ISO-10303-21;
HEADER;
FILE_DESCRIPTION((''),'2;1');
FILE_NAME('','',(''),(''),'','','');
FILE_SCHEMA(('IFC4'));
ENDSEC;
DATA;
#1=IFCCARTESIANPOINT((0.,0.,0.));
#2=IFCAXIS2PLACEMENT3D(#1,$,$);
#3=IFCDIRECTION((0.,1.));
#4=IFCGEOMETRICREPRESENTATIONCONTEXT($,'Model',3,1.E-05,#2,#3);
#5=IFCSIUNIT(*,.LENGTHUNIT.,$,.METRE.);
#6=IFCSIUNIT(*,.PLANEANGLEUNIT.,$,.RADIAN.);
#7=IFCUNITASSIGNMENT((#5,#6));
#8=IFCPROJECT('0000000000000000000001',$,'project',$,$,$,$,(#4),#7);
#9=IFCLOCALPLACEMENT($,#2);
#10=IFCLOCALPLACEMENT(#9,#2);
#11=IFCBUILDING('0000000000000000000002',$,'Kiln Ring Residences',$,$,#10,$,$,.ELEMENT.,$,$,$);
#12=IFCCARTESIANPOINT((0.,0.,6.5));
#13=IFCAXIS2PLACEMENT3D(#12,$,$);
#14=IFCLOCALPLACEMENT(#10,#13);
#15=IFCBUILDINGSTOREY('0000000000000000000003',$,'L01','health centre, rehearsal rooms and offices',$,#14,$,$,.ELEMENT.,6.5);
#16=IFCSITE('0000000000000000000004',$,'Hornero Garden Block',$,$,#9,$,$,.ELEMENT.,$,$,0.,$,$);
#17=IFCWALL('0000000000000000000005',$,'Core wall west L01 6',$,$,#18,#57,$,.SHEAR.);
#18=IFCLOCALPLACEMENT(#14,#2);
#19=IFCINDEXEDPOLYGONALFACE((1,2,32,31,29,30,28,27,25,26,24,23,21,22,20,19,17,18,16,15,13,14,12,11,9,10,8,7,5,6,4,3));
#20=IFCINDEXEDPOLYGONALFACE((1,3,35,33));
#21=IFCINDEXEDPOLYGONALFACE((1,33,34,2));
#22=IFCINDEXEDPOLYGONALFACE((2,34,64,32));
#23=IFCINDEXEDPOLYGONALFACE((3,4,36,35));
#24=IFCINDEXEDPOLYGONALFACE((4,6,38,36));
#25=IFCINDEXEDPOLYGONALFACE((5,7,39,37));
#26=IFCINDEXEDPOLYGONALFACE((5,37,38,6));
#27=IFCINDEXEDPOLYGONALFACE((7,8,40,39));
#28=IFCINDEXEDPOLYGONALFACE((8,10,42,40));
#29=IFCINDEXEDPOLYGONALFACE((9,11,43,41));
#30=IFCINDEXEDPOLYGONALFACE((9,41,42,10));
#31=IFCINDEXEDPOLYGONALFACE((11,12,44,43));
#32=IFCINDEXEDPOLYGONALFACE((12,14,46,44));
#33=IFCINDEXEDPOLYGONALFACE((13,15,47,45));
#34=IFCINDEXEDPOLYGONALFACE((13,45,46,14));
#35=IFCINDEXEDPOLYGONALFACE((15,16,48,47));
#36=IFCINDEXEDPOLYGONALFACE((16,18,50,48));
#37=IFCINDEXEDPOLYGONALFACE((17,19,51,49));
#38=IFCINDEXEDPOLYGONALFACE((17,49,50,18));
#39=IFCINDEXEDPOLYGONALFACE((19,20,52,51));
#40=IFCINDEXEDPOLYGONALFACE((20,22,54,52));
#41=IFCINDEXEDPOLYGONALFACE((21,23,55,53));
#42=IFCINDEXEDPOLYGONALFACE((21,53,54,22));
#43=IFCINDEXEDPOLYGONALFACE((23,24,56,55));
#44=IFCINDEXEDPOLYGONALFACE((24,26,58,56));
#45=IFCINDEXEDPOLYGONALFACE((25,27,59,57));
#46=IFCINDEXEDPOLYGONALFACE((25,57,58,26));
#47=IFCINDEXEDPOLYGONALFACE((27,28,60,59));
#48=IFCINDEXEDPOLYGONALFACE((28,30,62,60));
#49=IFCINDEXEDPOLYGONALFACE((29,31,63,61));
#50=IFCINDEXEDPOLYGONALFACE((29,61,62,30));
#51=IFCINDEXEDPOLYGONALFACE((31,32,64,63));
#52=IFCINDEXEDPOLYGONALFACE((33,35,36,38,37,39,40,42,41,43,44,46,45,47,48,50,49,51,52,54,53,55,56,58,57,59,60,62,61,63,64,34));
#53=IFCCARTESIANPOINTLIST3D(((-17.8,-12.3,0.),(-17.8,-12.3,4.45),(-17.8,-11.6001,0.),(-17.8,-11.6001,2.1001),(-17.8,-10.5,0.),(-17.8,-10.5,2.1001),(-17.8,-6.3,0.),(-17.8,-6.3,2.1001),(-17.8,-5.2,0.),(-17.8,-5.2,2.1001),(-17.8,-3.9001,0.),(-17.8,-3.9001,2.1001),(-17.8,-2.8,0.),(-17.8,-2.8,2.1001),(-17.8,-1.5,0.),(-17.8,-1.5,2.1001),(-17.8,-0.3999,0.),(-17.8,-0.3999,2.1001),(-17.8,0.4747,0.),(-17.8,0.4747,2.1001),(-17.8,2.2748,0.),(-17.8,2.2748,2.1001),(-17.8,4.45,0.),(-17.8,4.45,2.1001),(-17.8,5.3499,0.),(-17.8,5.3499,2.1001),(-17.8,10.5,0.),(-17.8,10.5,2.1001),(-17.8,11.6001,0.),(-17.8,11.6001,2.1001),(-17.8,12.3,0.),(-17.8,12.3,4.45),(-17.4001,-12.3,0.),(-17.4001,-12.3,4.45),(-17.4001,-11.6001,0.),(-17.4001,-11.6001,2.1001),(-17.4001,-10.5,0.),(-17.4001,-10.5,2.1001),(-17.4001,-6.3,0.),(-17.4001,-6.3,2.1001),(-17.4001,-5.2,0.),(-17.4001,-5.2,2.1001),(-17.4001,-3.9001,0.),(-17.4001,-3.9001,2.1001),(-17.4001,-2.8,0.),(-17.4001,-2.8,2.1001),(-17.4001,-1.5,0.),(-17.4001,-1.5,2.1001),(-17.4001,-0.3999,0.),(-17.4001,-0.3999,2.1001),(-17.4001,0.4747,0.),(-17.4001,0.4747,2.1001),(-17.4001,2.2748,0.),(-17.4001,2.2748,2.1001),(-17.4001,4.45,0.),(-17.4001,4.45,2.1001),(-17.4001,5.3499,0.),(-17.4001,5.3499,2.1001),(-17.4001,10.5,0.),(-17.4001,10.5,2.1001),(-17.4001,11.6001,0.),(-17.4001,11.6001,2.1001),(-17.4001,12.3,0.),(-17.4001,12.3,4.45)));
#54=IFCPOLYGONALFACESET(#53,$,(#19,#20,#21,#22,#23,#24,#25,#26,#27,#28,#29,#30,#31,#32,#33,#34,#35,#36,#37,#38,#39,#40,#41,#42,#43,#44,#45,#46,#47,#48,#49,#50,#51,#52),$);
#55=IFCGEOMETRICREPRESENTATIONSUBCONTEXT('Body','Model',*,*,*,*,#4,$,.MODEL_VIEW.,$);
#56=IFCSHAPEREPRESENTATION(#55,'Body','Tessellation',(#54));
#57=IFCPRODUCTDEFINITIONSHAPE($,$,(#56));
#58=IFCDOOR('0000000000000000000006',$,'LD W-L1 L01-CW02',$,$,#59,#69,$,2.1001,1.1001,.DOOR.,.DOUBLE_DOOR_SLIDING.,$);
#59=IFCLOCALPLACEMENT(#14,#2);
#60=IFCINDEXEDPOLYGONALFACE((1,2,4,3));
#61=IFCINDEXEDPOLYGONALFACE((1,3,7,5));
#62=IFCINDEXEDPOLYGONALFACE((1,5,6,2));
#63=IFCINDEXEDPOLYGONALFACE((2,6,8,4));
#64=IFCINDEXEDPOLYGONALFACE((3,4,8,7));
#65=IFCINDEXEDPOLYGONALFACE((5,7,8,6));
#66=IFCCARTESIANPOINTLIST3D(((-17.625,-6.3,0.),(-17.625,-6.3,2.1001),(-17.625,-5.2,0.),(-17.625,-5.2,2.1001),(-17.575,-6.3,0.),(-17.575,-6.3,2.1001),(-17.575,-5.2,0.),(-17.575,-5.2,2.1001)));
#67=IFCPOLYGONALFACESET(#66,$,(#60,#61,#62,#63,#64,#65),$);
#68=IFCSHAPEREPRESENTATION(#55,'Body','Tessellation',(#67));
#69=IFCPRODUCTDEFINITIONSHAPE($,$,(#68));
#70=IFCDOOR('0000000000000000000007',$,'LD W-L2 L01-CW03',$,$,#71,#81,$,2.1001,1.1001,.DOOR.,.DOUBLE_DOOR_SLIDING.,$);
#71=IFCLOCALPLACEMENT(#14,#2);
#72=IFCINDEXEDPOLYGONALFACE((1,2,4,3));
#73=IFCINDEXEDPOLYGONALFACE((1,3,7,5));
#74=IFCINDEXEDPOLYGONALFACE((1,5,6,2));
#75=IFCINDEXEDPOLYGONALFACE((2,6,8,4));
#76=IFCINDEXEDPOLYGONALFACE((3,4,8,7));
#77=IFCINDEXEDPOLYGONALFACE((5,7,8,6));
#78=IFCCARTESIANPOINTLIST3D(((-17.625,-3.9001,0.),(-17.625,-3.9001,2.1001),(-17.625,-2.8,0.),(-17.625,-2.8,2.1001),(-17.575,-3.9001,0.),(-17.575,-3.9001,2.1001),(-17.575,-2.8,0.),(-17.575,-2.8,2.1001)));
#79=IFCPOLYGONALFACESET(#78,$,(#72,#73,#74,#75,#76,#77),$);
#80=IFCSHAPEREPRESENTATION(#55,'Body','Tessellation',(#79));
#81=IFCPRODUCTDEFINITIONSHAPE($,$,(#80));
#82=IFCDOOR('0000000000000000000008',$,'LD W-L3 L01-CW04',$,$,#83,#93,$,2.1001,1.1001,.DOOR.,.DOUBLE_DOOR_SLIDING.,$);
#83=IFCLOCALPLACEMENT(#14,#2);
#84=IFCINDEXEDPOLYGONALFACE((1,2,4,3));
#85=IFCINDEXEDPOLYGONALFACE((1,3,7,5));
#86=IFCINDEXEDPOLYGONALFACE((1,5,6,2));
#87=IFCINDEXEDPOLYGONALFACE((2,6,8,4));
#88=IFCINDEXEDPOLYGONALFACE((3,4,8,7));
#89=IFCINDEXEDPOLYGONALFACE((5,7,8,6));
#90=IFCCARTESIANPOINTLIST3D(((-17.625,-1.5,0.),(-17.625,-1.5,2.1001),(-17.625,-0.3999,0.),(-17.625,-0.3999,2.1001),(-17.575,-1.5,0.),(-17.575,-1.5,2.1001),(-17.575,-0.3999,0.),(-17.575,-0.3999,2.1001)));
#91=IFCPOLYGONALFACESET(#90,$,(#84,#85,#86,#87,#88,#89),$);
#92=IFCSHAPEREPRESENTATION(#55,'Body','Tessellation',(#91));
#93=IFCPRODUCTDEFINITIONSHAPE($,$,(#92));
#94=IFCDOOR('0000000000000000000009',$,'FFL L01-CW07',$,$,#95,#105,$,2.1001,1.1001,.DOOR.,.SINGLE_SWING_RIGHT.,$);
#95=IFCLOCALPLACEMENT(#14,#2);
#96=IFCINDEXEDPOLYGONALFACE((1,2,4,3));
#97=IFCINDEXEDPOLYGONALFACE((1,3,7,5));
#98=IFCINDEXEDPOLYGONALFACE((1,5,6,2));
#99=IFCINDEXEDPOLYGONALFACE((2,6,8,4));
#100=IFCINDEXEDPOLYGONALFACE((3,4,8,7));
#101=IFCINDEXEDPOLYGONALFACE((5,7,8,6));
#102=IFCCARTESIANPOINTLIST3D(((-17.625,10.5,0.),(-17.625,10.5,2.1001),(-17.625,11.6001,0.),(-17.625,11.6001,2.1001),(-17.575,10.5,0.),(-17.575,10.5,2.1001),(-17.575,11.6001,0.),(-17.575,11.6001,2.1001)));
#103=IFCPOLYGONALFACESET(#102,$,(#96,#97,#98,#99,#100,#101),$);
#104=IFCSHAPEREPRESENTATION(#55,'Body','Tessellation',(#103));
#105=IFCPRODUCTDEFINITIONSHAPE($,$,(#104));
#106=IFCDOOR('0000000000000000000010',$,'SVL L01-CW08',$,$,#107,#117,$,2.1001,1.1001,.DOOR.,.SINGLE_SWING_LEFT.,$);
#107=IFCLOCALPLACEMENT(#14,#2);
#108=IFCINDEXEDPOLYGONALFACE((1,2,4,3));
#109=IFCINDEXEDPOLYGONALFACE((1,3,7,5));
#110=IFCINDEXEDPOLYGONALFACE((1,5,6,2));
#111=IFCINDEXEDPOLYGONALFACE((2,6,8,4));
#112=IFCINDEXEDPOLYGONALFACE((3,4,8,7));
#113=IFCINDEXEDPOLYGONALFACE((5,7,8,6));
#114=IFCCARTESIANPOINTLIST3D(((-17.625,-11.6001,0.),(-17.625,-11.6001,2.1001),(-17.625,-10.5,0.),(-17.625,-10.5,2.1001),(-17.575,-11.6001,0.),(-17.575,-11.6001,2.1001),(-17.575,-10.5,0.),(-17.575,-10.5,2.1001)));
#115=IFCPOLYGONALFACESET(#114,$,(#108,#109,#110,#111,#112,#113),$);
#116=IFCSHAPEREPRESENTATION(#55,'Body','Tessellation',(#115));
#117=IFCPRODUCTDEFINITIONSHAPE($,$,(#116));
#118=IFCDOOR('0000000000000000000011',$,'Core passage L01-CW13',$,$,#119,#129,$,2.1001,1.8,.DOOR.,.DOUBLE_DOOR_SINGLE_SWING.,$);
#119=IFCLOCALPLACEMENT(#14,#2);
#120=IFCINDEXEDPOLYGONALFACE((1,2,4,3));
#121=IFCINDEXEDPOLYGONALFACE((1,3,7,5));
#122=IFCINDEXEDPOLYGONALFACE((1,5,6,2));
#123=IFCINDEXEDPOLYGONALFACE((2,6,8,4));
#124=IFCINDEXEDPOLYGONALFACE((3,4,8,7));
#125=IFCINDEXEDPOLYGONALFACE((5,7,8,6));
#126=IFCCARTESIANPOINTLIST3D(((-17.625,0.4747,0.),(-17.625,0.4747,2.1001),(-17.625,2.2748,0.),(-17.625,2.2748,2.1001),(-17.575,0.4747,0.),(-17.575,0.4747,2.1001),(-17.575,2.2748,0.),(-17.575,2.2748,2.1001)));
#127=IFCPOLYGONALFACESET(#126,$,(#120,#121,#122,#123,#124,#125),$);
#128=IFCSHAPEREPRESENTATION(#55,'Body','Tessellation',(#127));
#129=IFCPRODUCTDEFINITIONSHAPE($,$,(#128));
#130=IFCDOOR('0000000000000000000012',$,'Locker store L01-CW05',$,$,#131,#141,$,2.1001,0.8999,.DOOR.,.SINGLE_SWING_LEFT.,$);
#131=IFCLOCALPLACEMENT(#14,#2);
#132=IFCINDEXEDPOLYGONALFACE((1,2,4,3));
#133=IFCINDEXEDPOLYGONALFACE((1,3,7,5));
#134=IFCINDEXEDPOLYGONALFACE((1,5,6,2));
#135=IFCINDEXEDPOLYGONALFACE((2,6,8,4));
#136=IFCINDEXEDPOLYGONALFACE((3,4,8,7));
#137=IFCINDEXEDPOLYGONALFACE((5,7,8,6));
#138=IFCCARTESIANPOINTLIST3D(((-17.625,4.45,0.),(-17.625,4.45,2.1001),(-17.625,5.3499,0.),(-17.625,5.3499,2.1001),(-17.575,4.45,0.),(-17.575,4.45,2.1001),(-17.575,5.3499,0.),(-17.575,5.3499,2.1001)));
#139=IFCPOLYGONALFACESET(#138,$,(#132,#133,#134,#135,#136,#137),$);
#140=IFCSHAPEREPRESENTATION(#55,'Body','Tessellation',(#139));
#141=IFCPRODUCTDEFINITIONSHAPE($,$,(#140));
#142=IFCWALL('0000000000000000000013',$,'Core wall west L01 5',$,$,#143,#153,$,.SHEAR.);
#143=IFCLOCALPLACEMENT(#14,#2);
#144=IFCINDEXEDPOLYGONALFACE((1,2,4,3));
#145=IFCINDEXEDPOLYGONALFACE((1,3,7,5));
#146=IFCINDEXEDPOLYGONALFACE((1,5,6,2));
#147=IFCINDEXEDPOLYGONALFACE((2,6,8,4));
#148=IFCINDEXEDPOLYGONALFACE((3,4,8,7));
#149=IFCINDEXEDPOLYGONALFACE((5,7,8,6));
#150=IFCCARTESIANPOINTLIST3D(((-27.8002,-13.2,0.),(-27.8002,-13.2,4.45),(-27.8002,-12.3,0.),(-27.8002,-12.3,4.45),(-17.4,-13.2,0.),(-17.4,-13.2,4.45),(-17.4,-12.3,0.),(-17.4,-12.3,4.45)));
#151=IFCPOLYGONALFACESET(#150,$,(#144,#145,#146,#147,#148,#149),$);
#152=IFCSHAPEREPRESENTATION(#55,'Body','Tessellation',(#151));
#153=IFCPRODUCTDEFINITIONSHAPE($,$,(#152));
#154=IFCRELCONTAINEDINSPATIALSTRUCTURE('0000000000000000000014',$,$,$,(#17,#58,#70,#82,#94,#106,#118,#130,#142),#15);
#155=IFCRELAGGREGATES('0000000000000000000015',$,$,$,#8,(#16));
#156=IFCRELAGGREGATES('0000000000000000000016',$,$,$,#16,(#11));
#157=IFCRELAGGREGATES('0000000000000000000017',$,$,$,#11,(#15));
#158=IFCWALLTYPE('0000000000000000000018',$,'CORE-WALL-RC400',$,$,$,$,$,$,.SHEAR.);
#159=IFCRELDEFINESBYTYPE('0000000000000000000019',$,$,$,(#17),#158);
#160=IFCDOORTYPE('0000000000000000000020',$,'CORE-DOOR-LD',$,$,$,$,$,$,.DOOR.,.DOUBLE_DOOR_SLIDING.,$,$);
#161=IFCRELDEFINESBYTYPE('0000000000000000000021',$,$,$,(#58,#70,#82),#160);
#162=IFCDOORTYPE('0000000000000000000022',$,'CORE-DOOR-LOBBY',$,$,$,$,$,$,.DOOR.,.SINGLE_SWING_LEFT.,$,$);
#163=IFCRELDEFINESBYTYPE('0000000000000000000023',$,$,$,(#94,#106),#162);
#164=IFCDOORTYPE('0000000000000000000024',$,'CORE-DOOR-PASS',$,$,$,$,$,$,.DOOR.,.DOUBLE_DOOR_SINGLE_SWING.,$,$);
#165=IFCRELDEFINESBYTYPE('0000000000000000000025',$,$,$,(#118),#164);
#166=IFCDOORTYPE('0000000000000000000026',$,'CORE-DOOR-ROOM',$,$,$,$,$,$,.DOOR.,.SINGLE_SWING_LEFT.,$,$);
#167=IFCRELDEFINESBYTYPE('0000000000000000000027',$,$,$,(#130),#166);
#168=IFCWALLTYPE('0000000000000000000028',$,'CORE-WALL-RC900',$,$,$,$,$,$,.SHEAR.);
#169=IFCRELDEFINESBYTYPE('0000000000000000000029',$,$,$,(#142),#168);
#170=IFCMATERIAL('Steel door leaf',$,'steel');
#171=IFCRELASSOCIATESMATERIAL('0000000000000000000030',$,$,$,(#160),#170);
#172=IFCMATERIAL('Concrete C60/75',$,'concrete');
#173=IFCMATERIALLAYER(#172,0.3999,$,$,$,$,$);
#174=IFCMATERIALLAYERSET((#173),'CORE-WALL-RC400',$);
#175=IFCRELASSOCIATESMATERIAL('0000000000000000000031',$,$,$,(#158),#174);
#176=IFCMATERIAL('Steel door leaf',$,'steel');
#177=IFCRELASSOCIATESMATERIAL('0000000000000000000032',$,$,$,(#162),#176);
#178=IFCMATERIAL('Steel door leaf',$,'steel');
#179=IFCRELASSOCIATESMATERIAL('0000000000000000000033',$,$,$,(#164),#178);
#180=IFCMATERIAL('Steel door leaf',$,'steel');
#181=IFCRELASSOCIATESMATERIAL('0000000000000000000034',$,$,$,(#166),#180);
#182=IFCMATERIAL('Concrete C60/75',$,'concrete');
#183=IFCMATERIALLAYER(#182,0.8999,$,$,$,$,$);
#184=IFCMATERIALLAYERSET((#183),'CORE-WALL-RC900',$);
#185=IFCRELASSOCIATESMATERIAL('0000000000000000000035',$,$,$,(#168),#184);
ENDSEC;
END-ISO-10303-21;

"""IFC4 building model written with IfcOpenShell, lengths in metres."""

from ifc_helpers import new_model, si_unit, direction, frame, frame_2d, origin, place, context, subcontext, project, spatial, rectangle, extrude, material, layer, layer_set, type_object, element, fill, save


model = new_model("IFC4")

# Units and contexts
model_context = context("Model", 3, precision=1e-05, world=origin(), true_north=direction((0.0, 1.0)))
body_context = subcontext(model_context, "Body", "Model", "MODEL_VIEW")
ifc_project = project(units=[si_unit("LENGTHUNIT", "METRE"), si_unit("PLANEANGLEUNIT", "RADIAN")], contexts=[model_context])

# Site, building, storey
site_placement = place(None, origin())
site = spatial("IfcSite", under=ifc_project, at=site_placement, Name="Hornero Garden Block", CompositionType="ELEMENT", RefElevation=0.0)
building_placement = place(site_placement, origin())
building = spatial("IfcBuilding", under=site, at=building_placement, Name="Kiln Ring Residences", CompositionType="ELEMENT")
storey_placement = place(building_placement, frame((0.0, 0.0, 6.5)))
storey = spatial("IfcBuildingStorey", under=building, at=storey_placement, Name="L01", Description="health centre, rehearsal rooms and offices", CompositionType="ELEMENT", Elevation=6.5)

# Shared definitions
ifc_material_1 = material(Name="Steel door leaf", Category="steel")
door_type_1 = type_object("IfcDoorType", Name="CORE-DOOR-LD", OperationType="DOUBLE_DOOR_SLIDING", PredefinedType="DOOR", material=ifc_material_1)

# Wall, openings, doors
ifc_material_2 = material(Name="Concrete C60/75", Category="concrete")
ifc_layer_1 = layer(ifc_material_2, 0.3999)
ifc_layer_set_1 = layer_set([ifc_layer_1], Name="CORE-WALL-RC400")
wall_type_1 = type_object("IfcWallType", Name="CORE-WALL-RC400", PredefinedType="SHEAR", material=ifc_layer_set_1)
wall_1_placement = place(storey_placement, frame((-17.6001, -12.3, 0.0), z_axis=(0.0, 0.0, 1.0), x_axis=(0.0, 1.0, 0.0)))
wall_1 = element("IfcWall", 1, at=wall_1_placement, inside=storey, type_object=wall_type_1, Name="Core wall west L01 6", PredefinedType="SHEAR", context=body_context, shape_type="SweptSolid", body=[
    extrude(rectangle(XDim=24.6001, YDim=0.3999, at=frame_2d((12.3, 0.0))), origin(), (0.0, 0.0, 1.0), 4.45),
])
opening_1_placement = place(wall_1_placement, frame((6.0, 0.0, 0.0)))
opening_1 = element("IfcOpeningElement", 2, at=opening_1_placement, cuts=wall_1, PredefinedType="OPENING", context=body_context, shape_type="SweptSolid", body=[
    extrude(rectangle(XDim=1.1001, YDim=2.1001, at=frame_2d((0.55, 1.05))), frame((0.0, 0.21, 0.0), z_axis=(0.0, -1.0, 0.0), x_axis=(1.0, 0.0, 0.0)), (0.0, 0.0, 1.0), 0.4199),
])
opening_2_placement = place(wall_1_placement, frame((8.3999, 0.0, 0.0)))
opening_2 = element("IfcOpeningElement", 3, at=opening_2_placement, cuts=wall_1, PredefinedType="OPENING", context=body_context, shape_type="SweptSolid", body=[
    extrude(rectangle(XDim=1.1001, YDim=2.1001, at=frame_2d((0.55, 1.05))), frame((0.0, 0.21, 0.0), z_axis=(0.0, -1.0, 0.0), x_axis=(1.0, 0.0, 0.0)), (0.0, 0.0, 1.0), 0.4199),
])
opening_3_placement = place(wall_1_placement, frame((10.8, 0.0, 0.0)))
opening_3 = element("IfcOpeningElement", 4, at=opening_3_placement, cuts=wall_1, PredefinedType="OPENING", context=body_context, shape_type="SweptSolid", body=[
    extrude(rectangle(XDim=1.1001, YDim=2.1001, at=frame_2d((0.55, 1.05))), frame((0.0, 0.21, 0.0), z_axis=(0.0, -1.0, 0.0), x_axis=(1.0, 0.0, 0.0)), (0.0, 0.0, 1.0), 0.4199),
])
opening_4_placement = place(wall_1_placement, frame((16.75, 0.0, 0.0)))
opening_4 = element("IfcOpeningElement", 5, at=opening_4_placement, cuts=wall_1, PredefinedType="OPENING", context=body_context, shape_type="SweptSolid", body=[
    extrude(rectangle(XDim=0.8999, YDim=2.1001, at=frame_2d((0.45, 1.05))), frame((0.0, 0.21, 0.0), z_axis=(0.0, -1.0, 0.0), x_axis=(1.0, 0.0, 0.0)), (0.0, 0.0, 1.0), 0.4199),
])
opening_5_placement = place(wall_1_placement, frame((22.8, 0.0, 0.0)))
opening_5 = element("IfcOpeningElement", 6, at=opening_5_placement, cuts=wall_1, PredefinedType="OPENING", context=body_context, shape_type="SweptSolid", body=[
    extrude(rectangle(XDim=1.1001, YDim=2.1001, at=frame_2d((0.55, 1.05))), frame((0.0, 0.21, 0.0), z_axis=(0.0, -1.0, 0.0), x_axis=(1.0, 0.0, 0.0)), (0.0, 0.0, 1.0), 0.4199),
])
opening_6_placement = place(wall_1_placement, frame((0.7, 0.0, 0.0)))
opening_6 = element("IfcOpeningElement", 7, at=opening_6_placement, cuts=wall_1, PredefinedType="OPENING", context=body_context, shape_type="SweptSolid", body=[
    extrude(rectangle(XDim=1.1001, YDim=2.1001, at=frame_2d((0.55, 1.05))), frame((0.0, 0.21, 0.0), z_axis=(0.0, -1.0, 0.0), x_axis=(1.0, 0.0, 0.0)), (0.0, 0.0, 1.0), 0.4199),
])
opening_7_placement = place(wall_1_placement, frame((12.7749, 0.0, 0.0)))
opening_7 = element("IfcOpeningElement", 8, at=opening_7_placement, cuts=wall_1, PredefinedType="OPENING", context=body_context, shape_type="SweptSolid", body=[
    extrude(rectangle(XDim=1.8, YDim=2.1001, at=frame_2d((0.8999, 1.05))), frame((0.0, 0.21, 0.0), z_axis=(0.0, -1.0, 0.0), x_axis=(1.0, 0.0, 0.0)), (0.0, 0.0, 1.0), 0.4199),
])
door_1_placement = place(opening_1_placement, origin())
door_1 = element("IfcDoor", 9, at=door_1_placement, inside=storey, type_object=door_type_1, Name="LD W-L1 L01-CW02", OperationType="DOUBLE_DOOR_SLIDING", OverallHeight=2.1001, OverallWidth=1.1001, PredefinedType="DOOR", context=body_context, shape_type="SweptSolid", body=[
    extrude(rectangle(XDim=1.1001, YDim=2.1001, at=frame_2d((0.55, 1.05))), frame((0.0, 0.0249, 0.0), z_axis=(0.0, -1.0, 0.0), x_axis=(1.0, 0.0, 0.0)), (0.0, 0.0, 1.0), 0.05),
])
fill(opening_1, door_1)
door_2_placement = place(opening_2_placement, origin())
door_2 = element("IfcDoor", 10, at=door_2_placement, inside=storey, type_object=door_type_1, Name="LD W-L2 L01-CW03", OperationType="DOUBLE_DOOR_SLIDING", OverallHeight=2.1001, OverallWidth=1.1001, PredefinedType="DOOR", context=body_context, shape_type="SweptSolid", body=[
    extrude(rectangle(XDim=1.1001, YDim=2.1001, at=frame_2d((0.55, 1.05))), frame((0.0, 0.0249, 0.0), z_axis=(0.0, -1.0, 0.0), x_axis=(1.0, 0.0, 0.0)), (0.0, 0.0, 1.0), 0.05),
])
fill(opening_2, door_2)
door_3_placement = place(opening_3_placement, origin())
door_3 = element("IfcDoor", 11, at=door_3_placement, inside=storey, type_object=door_type_1, Name="LD W-L3 L01-CW04", OperationType="DOUBLE_DOOR_SLIDING", OverallHeight=2.1001, OverallWidth=1.1001, PredefinedType="DOOR", context=body_context, shape_type="SweptSolid", body=[
    extrude(rectangle(XDim=1.1001, YDim=2.1001, at=frame_2d((0.55, 1.05))), frame((0.0, 0.0249, 0.0), z_axis=(0.0, -1.0, 0.0), x_axis=(1.0, 0.0, 0.0)), (0.0, 0.0, 1.0), 0.05),
])
fill(opening_3, door_3)
ifc_material_3 = material(Name="Steel door leaf", Category="steel")
door_type_2 = type_object("IfcDoorType", Name="CORE-DOOR-LOBBY", OperationType="SINGLE_SWING_LEFT", PredefinedType="DOOR", material=ifc_material_3)
door_4_placement = place(opening_5_placement, origin())
door_4 = element("IfcDoor", 12, at=door_4_placement, inside=storey, type_object=door_type_2, Name="FFL L01-CW07", OperationType="SINGLE_SWING_RIGHT", OverallHeight=2.1001, OverallWidth=1.1001, PredefinedType="DOOR", context=body_context, shape_type="SweptSolid", body=[
    extrude(rectangle(XDim=1.1001, YDim=2.1001, at=frame_2d((0.55, 1.05))), frame((0.0, 0.0249, 0.0), z_axis=(0.0, -1.0, 0.0), x_axis=(1.0, 0.0, 0.0)), (0.0, 0.0, 1.0), 0.05),
])
fill(opening_5, door_4)
door_5_placement = place(opening_6_placement, origin())
door_5 = element("IfcDoor", 13, at=door_5_placement, inside=storey, type_object=door_type_2, Name="SVL L01-CW08", OperationType="SINGLE_SWING_LEFT", OverallHeight=2.1001, OverallWidth=1.1001, PredefinedType="DOOR", context=body_context, shape_type="SweptSolid", body=[
    extrude(rectangle(XDim=1.1001, YDim=2.1001, at=frame_2d((0.55, 1.05))), frame((0.0, 0.0249, 0.0), z_axis=(0.0, -1.0, 0.0), x_axis=(1.0, 0.0, 0.0)), (0.0, 0.0, 1.0), 0.05),
])
fill(opening_6, door_5)
ifc_material_4 = material(Name="Steel door leaf", Category="steel")
door_type_3 = type_object("IfcDoorType", Name="CORE-DOOR-PASS", OperationType="DOUBLE_DOOR_SINGLE_SWING", PredefinedType="DOOR", material=ifc_material_4)
door_6_placement = place(opening_7_placement, origin())
door_6 = element("IfcDoor", 14, at=door_6_placement, inside=storey, type_object=door_type_3, Name="Core passage L01-CW13", OperationType="DOUBLE_DOOR_SINGLE_SWING", OverallHeight=2.1001, OverallWidth=1.8, PredefinedType="DOOR", context=body_context, shape_type="SweptSolid", body=[
    extrude(rectangle(XDim=1.8, YDim=2.1001, at=frame_2d((0.8999, 1.05))), frame((0.0, 0.0249, 0.0), z_axis=(0.0, -1.0, 0.0), x_axis=(1.0, 0.0, 0.0)), (0.0, 0.0, 1.0), 0.05),
])
fill(opening_7, door_6)
ifc_material_5 = material(Name="Steel door leaf", Category="steel")
door_type_4 = type_object("IfcDoorType", Name="CORE-DOOR-ROOM", OperationType="SINGLE_SWING_LEFT", PredefinedType="DOOR", material=ifc_material_5)
door_7_placement = place(opening_4_placement, origin())
door_7 = element("IfcDoor", 15, at=door_7_placement, inside=storey, type_object=door_type_4, Name="Locker store L01-CW05", OperationType="SINGLE_SWING_LEFT", OverallHeight=2.1001, OverallWidth=0.8999, PredefinedType="DOOR", context=body_context, shape_type="SweptSolid", body=[
    extrude(rectangle(XDim=0.8999, YDim=2.1001, at=frame_2d((0.45, 1.05))), frame((0.0, 0.0249, 0.0), z_axis=(0.0, -1.0, 0.0), x_axis=(1.0, 0.0, 0.0)), (0.0, 0.0, 1.0), 0.05),
])
fill(opening_4, door_7)

# Wall
ifc_material_6 = material(Name="Concrete C60/75", Category="concrete")
ifc_layer_2 = layer(ifc_material_6, 0.8999)
ifc_layer_set_2 = layer_set([ifc_layer_2], Name="CORE-WALL-RC900")
wall_type_2 = type_object("IfcWallType", Name="CORE-WALL-RC900", PredefinedType="SHEAR", material=ifc_layer_set_2)
wall_2_placement = place(storey_placement, frame((-17.3999, -12.75, 0.0), z_axis=(0.0, 0.0, 1.0), x_axis=(-1.0, 0.0, 0.0)))
element("IfcWall", 16, at=wall_2_placement, inside=storey, type_object=wall_type_2, Name="Core wall west L01 5", PredefinedType="SHEAR", context=body_context, shape_type="SweptSolid", body=[
    extrude(rectangle(XDim=10.4001, YDim=0.8999, at=frame_2d((5.2002, 0.0))), origin(), (0.0, 0.0, 1.0), 4.45),
])

save(model, "model.ifc")
